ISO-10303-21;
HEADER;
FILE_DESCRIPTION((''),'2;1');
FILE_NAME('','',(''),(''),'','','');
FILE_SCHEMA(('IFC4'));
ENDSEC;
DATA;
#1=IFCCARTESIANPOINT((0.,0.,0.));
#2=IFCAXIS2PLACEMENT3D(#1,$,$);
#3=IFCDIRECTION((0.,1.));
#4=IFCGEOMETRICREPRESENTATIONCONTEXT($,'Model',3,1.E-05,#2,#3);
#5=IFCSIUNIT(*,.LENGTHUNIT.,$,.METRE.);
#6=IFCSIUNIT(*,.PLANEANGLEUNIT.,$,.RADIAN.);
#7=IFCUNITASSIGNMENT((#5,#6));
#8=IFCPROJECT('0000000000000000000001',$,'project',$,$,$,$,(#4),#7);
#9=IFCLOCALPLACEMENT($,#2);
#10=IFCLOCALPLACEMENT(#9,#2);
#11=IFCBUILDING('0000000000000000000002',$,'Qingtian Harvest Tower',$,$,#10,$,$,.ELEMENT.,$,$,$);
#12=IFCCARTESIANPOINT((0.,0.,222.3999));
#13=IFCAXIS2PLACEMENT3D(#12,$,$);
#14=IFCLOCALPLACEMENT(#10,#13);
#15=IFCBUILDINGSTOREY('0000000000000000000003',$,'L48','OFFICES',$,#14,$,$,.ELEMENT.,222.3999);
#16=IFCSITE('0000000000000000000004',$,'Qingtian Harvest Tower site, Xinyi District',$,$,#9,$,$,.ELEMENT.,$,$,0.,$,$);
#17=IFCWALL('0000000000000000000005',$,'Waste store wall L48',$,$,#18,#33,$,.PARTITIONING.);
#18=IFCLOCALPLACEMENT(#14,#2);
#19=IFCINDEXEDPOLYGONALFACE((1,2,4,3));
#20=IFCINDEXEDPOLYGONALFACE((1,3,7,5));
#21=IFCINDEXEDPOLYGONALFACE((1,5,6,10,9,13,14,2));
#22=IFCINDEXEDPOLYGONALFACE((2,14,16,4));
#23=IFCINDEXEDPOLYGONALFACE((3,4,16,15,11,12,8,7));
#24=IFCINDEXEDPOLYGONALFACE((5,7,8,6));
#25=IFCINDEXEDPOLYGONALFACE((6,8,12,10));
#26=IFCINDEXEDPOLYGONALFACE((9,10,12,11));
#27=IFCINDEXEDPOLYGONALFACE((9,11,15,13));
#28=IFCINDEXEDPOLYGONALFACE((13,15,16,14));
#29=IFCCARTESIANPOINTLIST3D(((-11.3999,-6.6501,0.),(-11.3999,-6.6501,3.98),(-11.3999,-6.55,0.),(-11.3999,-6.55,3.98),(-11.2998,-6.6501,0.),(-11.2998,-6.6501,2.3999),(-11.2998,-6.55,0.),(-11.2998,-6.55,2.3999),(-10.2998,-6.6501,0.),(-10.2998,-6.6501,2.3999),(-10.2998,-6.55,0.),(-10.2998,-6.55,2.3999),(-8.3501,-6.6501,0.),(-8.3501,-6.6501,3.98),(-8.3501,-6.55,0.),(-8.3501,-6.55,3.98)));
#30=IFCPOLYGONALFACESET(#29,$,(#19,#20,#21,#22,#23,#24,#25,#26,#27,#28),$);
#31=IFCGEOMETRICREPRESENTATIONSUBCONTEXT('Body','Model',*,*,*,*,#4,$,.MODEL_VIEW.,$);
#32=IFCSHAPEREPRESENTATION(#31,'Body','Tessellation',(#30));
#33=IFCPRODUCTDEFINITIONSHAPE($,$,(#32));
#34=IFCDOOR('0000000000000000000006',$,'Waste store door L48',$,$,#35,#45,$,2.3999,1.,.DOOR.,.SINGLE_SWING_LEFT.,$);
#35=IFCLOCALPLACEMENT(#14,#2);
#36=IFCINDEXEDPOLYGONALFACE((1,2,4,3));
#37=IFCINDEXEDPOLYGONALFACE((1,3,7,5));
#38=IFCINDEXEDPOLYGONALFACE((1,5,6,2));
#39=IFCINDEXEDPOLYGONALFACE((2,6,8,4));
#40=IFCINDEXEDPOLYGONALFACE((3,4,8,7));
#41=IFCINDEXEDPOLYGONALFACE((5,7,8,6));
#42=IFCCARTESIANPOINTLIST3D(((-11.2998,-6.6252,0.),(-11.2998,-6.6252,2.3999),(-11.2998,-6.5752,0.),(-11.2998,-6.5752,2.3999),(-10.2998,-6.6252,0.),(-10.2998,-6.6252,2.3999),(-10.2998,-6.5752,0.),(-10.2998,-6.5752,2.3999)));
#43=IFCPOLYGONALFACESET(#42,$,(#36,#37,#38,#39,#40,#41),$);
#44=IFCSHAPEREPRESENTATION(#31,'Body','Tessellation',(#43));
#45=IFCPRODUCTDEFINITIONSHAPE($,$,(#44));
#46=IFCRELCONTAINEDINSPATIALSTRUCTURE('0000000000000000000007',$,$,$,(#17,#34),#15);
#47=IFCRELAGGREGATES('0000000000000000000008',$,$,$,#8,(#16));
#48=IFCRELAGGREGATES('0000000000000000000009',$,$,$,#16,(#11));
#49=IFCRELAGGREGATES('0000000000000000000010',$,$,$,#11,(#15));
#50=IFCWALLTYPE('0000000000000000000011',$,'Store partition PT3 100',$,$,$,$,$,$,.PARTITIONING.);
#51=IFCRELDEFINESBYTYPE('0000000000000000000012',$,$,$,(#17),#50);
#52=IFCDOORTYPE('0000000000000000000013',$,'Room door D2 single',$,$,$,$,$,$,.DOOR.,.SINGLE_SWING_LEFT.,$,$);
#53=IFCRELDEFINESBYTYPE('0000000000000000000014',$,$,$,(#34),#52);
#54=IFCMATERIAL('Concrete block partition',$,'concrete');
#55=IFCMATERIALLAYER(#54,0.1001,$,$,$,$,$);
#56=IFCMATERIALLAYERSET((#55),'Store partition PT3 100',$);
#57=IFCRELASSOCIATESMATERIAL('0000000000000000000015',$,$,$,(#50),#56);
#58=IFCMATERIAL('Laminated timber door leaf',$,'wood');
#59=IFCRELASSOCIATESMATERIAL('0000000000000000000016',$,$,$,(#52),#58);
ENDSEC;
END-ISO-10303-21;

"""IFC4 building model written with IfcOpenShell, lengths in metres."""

from ifc_helpers import new_model, si_unit, direction, frame, frame_2d, origin, place, context, subcontext, project, spatial, rectangle, extrude, material, layer, layer_set, type_object, element, fill, save


model = new_model("IFC4")

# Units and contexts
model_context = context("Model", 3, precision=1e-05, world=origin(), true_north=direction((0.0, 1.0)))
body_context = subcontext(model_context, "Body", "Model", "MODEL_VIEW")
ifc_project = project(units=[si_unit("LENGTHUNIT", "METRE"), si_unit("PLANEANGLEUNIT", "RADIAN")], contexts=[model_context])

# Site, building, storey
site_placement = place(None, origin())
site = spatial("IfcSite", under=ifc_project, at=site_placement, Name="Qingtian Harvest Tower site, Xinyi District", CompositionType="ELEMENT", RefElevation=0.0)
building_placement = place(site_placement, origin())
building = spatial("IfcBuilding", under=site, at=building_placement, Name="Qingtian Harvest Tower", CompositionType="ELEMENT")
storey_placement = place(building_placement, frame((0.0, 0.0, 222.3999)))
storey = spatial("IfcBuildingStorey", under=building, at=storey_placement, Name="L48", Description="OFFICES", CompositionType="ELEMENT", Elevation=222.3999)

# Wall, opening, door
ifc_material_1 = material(Name="Concrete block partition", Category="concrete")
ifc_layer_1 = layer(ifc_material_1, 0.1001)
ifc_layer_set_1 = layer_set([ifc_layer_1], Name="Store partition PT3 100")
wall_type_1 = type_object("IfcWallType", Name="Store partition PT3 100", PredefinedType="PARTITIONING", material=ifc_layer_set_1)
wall_1_placement = place(storey_placement, frame((-11.3999, -6.6001, 0.0), z_axis=(0.0, 0.0, 1.0), x_axis=(1.0, 0.0, 0.0)))
wall_1 = element("IfcWall", 1, at=wall_1_placement, inside=storey, type_object=wall_type_1, Name="Waste store wall L48", PredefinedType="PARTITIONING", context=body_context, shape_type="SweptSolid", body=[
    extrude(rectangle(XDim=3.0498, YDim=0.1001, at=frame_2d((1.5249, 0.0))), origin(), (0.0, 0.0, 1.0), 3.98),
])
opening_1_placement = place(wall_1_placement, frame((0.1001, 0.0, 0.0)))
opening_1 = element("IfcOpeningElement", 2, at=opening_1_placement, cuts=wall_1, PredefinedType="OPENING", context=body_context, shape_type="SweptSolid", body=[
    extrude(rectangle(XDim=1.0, YDim=2.3999, at=frame_2d((0.5, 1.2))), frame((0.0, 0.0601, 0.0), z_axis=(0.0, -1.0, 0.0), x_axis=(1.0, 0.0, 0.0)), (0.0, 0.0, 1.0), 0.1201),
])
ifc_material_2 = material(Name="Laminated timber door leaf", Category="wood")
door_type_1 = type_object("IfcDoorType", Name="Room door D2 single", OperationType="SINGLE_SWING_LEFT", PredefinedType="DOOR", material=ifc_material_2)
door_1_placement = place(opening_1_placement, origin())
door_1 = element("IfcDoor", 3, at=door_1_placement, inside=storey, type_object=door_type_1, Name="Waste store door L48", OperationType="SINGLE_SWING_LEFT", OverallHeight=2.3999, OverallWidth=1.0, PredefinedType="DOOR", context=body_context, shape_type="SweptSolid", body=[
    extrude(rectangle(XDim=1.0, YDim=2.3999, at=frame_2d((0.5, 1.2))), frame((0.0, 0.0249, 0.0), z_axis=(0.0, -1.0, 0.0), x_axis=(1.0, 0.0, 0.0)), (0.0, 0.0, 1.0), 0.05),
])
fill(opening_1, door_1)

save(model, "model.ifc")
